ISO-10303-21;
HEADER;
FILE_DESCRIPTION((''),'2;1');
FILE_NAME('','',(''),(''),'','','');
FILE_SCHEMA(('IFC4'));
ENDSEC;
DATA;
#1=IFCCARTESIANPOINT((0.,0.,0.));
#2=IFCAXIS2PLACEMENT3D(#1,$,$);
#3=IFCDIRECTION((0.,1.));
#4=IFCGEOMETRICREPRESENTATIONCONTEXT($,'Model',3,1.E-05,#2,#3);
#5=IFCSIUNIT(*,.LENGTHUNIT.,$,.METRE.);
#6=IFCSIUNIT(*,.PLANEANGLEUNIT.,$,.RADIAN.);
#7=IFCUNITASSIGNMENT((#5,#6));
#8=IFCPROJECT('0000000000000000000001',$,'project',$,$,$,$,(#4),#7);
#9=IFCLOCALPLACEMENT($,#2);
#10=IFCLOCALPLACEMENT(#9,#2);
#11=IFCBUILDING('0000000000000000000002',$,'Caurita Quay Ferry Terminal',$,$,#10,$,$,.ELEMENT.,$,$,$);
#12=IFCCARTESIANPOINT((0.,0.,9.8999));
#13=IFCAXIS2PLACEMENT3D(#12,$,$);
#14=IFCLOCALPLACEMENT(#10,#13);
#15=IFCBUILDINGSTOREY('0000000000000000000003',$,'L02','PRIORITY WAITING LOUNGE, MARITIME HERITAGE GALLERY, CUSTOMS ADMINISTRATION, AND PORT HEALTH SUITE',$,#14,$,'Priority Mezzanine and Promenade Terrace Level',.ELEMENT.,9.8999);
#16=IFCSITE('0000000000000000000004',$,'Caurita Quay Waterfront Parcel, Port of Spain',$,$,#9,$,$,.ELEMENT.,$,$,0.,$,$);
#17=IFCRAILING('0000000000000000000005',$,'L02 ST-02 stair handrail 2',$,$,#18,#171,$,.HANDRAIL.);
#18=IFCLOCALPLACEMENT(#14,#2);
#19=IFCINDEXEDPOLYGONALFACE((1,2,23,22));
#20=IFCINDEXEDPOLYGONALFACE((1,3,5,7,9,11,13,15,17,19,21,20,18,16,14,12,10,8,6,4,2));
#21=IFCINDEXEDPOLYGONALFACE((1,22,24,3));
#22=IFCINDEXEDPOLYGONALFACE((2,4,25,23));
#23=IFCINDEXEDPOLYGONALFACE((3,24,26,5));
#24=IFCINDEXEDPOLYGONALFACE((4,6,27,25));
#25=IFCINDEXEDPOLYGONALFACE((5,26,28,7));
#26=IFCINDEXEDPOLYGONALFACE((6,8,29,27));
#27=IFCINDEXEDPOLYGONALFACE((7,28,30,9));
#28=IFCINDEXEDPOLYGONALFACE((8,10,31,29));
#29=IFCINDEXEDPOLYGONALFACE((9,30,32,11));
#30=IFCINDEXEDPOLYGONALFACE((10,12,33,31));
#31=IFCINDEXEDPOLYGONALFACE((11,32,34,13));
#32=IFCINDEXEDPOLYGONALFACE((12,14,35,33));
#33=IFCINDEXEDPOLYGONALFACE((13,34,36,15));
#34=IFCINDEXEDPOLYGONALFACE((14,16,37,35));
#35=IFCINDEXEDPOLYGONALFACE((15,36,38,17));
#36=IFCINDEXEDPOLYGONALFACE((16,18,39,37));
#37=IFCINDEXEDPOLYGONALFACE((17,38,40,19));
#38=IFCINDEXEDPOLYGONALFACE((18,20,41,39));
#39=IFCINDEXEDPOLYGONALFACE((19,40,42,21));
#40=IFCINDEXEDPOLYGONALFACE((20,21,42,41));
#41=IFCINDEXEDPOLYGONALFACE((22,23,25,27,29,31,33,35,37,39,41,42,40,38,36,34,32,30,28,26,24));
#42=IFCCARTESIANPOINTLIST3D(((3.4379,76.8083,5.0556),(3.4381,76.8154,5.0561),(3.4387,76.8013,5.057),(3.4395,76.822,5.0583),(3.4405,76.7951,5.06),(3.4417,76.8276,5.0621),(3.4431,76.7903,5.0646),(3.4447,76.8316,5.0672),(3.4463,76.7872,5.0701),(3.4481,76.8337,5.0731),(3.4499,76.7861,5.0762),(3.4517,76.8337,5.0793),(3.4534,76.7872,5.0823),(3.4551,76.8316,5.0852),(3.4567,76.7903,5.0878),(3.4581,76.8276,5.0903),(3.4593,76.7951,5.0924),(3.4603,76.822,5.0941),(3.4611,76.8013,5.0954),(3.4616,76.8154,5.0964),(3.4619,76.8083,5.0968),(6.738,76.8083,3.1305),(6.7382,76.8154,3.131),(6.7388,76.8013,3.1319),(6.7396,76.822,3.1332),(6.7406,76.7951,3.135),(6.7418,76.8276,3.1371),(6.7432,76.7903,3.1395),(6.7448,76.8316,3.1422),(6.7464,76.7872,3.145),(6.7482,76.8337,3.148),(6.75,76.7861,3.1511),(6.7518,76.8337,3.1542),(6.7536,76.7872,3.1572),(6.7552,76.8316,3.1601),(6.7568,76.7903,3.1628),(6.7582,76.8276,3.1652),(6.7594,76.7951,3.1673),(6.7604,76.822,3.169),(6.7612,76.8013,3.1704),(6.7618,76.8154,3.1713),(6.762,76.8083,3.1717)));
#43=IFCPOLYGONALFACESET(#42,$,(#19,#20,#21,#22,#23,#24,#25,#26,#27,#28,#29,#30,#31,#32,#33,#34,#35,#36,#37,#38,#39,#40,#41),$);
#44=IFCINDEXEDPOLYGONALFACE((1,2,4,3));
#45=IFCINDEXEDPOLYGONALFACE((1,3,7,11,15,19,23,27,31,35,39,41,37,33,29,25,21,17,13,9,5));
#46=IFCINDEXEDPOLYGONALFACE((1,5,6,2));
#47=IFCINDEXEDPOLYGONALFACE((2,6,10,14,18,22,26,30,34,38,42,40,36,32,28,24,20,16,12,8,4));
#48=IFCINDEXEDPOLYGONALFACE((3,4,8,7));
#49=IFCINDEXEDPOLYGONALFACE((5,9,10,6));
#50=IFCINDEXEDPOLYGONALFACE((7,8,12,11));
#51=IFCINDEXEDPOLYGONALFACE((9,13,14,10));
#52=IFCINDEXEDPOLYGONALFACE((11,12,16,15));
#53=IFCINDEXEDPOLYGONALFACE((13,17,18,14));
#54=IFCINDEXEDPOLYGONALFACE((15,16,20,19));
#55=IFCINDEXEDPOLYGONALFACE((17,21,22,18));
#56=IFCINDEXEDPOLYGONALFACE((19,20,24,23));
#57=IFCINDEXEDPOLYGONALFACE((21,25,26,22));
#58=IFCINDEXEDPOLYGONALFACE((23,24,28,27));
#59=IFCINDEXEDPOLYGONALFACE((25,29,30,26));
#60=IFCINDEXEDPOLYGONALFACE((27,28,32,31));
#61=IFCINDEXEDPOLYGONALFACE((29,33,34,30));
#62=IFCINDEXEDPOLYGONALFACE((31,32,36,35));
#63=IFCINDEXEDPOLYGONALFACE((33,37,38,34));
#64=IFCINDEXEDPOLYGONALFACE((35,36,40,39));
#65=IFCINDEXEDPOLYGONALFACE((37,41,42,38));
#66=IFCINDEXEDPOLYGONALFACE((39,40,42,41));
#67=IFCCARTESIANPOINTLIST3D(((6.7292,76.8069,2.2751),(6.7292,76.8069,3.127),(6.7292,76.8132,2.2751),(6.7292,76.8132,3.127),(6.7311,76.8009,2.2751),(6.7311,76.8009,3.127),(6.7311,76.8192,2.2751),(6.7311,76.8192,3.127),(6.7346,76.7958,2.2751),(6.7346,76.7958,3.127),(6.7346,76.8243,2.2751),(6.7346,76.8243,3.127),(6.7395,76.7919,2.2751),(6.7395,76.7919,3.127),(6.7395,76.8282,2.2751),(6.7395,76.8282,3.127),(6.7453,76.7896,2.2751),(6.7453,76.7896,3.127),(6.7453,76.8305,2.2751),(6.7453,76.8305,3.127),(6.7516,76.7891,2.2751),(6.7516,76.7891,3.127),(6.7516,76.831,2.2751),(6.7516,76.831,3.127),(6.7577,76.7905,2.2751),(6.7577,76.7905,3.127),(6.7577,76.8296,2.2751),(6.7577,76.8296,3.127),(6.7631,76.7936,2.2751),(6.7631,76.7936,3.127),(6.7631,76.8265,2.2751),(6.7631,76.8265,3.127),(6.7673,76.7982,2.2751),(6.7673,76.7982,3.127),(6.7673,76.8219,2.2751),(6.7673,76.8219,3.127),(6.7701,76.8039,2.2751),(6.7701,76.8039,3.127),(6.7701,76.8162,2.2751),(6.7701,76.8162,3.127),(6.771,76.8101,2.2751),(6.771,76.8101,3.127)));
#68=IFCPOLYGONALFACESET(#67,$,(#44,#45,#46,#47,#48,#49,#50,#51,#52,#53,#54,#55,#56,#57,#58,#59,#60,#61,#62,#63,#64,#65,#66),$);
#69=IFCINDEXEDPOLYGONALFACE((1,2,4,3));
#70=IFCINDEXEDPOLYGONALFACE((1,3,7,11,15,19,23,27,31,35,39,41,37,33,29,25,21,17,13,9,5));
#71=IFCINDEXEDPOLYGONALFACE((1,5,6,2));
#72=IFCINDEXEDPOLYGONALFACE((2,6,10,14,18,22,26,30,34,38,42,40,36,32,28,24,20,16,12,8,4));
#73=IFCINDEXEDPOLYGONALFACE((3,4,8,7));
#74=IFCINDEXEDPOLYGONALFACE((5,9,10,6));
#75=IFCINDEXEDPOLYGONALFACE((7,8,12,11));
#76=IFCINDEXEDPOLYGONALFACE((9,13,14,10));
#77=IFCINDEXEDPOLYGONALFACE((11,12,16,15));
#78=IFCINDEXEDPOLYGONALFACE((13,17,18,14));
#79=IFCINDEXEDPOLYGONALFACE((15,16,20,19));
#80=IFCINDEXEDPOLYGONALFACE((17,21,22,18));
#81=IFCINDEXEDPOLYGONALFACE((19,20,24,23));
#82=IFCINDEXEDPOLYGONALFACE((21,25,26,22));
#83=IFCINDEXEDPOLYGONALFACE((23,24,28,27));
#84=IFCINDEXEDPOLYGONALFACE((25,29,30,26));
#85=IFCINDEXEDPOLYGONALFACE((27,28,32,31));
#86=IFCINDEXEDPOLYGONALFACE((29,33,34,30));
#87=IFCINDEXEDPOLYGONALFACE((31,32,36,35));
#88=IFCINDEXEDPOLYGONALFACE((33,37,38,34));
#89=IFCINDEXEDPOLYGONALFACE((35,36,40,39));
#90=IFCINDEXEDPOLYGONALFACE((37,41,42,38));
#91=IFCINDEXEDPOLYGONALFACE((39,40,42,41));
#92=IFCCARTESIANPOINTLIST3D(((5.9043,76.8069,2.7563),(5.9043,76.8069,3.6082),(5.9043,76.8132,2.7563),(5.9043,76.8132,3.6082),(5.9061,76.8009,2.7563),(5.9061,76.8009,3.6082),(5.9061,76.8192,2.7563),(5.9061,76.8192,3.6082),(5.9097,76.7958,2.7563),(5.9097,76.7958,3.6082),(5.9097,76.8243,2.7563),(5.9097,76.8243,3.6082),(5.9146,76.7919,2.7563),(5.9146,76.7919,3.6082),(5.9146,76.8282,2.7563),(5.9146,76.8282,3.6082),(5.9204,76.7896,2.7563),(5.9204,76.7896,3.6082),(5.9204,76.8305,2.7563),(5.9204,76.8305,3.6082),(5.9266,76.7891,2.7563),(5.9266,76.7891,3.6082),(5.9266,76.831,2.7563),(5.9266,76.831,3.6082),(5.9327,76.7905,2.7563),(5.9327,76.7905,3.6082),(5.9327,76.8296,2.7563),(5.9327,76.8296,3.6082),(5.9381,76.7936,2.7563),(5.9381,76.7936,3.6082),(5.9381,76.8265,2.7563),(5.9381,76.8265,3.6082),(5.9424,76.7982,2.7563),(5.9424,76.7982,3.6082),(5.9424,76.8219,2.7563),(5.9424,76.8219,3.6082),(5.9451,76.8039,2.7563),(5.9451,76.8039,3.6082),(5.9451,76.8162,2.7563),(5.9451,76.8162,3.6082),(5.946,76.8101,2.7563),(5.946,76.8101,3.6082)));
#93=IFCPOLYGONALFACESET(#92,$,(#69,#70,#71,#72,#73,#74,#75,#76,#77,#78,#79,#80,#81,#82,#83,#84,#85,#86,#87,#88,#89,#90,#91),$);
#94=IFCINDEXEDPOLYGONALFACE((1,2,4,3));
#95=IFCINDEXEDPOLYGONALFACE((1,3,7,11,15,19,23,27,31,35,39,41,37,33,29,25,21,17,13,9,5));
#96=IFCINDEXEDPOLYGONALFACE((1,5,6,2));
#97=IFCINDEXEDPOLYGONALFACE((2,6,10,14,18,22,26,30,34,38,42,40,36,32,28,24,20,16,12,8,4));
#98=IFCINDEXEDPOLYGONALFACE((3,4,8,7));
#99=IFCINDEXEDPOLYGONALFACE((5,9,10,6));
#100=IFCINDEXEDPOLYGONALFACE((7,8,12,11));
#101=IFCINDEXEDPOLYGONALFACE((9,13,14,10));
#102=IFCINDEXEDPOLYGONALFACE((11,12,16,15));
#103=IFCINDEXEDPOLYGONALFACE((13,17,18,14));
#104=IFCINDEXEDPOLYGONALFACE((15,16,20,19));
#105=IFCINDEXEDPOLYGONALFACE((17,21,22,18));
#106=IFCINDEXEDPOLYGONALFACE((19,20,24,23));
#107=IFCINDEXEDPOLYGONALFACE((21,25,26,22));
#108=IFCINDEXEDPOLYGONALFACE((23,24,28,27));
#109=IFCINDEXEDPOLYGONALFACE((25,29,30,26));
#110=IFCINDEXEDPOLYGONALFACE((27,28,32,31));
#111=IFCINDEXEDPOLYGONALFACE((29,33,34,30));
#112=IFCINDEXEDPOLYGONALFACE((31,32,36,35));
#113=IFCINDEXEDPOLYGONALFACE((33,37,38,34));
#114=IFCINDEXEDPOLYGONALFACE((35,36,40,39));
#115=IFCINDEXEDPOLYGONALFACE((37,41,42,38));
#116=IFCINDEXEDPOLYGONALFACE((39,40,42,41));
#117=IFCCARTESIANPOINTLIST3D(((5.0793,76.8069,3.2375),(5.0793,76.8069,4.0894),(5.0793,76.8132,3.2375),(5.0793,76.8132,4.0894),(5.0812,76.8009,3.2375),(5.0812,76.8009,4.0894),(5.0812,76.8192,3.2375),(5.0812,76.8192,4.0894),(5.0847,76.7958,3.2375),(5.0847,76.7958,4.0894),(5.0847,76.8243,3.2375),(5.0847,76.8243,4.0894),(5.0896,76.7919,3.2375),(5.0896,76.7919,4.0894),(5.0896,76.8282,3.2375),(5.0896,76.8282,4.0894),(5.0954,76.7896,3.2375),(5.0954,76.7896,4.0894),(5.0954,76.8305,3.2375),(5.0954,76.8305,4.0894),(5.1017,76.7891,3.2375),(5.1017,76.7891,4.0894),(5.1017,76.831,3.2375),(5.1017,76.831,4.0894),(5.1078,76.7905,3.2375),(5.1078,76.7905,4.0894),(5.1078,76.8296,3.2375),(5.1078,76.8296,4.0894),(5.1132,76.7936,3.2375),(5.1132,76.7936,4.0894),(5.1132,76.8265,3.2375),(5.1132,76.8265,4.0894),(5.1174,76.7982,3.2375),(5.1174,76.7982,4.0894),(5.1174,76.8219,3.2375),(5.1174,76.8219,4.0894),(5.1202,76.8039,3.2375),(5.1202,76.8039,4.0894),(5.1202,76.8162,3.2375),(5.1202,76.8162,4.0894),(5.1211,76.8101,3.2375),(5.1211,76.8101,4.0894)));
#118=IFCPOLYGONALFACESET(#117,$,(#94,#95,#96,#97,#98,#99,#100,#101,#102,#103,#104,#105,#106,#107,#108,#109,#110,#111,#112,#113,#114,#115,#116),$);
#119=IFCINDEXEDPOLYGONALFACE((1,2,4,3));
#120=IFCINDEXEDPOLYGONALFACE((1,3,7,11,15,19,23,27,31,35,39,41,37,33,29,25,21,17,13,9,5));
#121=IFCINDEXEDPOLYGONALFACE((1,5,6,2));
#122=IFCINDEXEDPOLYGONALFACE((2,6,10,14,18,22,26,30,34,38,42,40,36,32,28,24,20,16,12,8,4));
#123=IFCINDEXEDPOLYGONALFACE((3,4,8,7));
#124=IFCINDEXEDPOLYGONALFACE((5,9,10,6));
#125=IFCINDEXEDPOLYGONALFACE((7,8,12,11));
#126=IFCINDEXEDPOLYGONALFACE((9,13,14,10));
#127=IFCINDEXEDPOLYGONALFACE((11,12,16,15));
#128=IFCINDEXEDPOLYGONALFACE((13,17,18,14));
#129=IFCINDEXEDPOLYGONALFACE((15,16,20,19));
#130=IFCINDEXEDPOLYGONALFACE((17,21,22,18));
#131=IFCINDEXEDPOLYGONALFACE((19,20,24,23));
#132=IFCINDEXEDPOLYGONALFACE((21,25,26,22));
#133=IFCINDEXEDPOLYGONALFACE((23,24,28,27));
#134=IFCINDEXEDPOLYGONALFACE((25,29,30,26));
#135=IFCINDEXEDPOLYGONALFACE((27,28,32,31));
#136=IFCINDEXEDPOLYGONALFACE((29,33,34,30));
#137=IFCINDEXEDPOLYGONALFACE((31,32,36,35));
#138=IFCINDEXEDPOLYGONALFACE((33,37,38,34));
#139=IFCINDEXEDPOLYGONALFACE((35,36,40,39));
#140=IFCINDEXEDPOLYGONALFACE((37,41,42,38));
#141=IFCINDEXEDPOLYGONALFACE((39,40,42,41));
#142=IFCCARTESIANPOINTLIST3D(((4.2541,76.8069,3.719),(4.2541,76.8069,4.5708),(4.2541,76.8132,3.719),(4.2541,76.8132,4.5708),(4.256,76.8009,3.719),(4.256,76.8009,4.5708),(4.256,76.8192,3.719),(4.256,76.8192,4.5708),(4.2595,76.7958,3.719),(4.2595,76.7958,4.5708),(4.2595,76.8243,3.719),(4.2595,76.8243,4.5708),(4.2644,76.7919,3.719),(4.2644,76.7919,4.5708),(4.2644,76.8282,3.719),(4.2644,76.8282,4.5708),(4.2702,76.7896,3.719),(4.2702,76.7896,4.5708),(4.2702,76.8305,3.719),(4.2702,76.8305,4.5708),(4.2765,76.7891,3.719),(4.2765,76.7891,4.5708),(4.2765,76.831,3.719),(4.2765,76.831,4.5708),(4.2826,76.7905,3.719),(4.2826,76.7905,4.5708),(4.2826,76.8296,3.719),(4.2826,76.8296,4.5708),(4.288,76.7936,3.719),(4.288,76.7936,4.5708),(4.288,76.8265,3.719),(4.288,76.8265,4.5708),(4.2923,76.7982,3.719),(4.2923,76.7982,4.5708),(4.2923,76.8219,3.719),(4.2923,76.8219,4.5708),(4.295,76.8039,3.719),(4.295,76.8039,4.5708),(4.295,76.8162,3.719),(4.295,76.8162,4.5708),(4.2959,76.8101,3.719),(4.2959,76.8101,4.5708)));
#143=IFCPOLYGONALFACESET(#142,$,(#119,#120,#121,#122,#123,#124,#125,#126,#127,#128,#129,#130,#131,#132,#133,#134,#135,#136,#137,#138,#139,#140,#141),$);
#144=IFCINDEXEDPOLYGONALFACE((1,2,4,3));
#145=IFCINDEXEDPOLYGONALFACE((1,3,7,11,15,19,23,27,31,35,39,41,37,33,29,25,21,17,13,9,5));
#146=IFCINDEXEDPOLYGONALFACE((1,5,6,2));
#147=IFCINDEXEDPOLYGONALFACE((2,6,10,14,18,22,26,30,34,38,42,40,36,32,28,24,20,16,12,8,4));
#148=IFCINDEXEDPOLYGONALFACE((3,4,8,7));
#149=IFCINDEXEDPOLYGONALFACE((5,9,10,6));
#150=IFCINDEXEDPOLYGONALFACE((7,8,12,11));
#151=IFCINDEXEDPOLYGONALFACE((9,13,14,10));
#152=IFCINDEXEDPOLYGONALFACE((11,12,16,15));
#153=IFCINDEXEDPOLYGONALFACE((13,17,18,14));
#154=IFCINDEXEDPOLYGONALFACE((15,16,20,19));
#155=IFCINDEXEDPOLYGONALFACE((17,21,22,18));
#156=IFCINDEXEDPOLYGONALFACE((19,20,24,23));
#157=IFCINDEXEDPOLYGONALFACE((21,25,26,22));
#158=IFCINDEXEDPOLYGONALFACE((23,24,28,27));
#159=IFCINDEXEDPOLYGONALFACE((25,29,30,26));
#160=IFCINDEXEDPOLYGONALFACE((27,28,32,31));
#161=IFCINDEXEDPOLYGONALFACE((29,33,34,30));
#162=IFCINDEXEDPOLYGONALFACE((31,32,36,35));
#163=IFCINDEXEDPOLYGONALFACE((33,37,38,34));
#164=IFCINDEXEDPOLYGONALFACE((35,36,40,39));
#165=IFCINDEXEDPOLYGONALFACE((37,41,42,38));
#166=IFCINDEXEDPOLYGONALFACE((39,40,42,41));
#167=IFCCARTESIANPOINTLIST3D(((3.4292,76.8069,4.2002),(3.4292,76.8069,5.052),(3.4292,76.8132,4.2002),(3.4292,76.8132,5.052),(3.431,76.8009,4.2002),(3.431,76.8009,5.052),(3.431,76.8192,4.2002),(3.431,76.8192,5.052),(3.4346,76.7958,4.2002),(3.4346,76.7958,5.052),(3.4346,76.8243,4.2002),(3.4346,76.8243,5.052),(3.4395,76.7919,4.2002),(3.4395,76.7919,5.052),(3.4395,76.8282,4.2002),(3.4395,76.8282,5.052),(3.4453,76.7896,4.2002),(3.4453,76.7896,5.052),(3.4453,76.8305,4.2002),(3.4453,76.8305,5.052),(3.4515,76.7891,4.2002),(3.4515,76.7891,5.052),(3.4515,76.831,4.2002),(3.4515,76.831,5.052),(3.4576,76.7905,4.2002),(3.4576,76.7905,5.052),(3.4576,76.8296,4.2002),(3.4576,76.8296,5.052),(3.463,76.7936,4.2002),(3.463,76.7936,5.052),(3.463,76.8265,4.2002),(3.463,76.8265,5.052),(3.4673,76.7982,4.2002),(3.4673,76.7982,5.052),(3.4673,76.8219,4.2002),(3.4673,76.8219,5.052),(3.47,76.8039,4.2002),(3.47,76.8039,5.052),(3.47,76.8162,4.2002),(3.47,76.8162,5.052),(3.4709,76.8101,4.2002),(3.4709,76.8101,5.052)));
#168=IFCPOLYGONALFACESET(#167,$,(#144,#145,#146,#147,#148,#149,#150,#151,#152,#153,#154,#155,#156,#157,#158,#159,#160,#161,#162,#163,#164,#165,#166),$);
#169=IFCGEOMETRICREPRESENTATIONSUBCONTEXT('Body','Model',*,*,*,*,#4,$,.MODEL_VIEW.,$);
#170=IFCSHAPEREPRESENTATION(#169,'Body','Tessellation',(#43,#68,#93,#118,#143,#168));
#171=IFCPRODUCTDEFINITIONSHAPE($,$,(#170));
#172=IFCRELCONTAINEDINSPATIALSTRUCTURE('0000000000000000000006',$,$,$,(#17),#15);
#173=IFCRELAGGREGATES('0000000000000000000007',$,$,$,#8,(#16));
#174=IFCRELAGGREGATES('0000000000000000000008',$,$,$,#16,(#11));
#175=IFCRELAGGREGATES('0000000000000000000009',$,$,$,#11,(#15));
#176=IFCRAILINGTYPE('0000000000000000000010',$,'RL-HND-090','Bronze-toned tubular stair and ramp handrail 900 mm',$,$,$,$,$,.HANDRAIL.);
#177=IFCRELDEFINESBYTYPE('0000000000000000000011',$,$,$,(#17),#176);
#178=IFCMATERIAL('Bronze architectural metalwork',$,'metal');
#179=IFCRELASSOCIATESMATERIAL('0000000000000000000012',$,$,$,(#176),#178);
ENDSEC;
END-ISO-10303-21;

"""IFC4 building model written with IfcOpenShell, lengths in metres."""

from ifc_helpers import new_model, si_unit, direction, frame, origin, origin_2d, place, context, subcontext, project, spatial, circle, extrude, material, type_object, element, save


model = new_model("IFC4")

# Units and contexts
model_context = context("Model", 3, precision=1e-05, world=origin(), true_north=direction((0.0, 1.0)))
body_context = subcontext(model_context, "Body", "Model", "MODEL_VIEW")
ifc_project = project(units=[si_unit("LENGTHUNIT", "METRE"), si_unit("PLANEANGLEUNIT", "RADIAN")], contexts=[model_context])

# Site, building, storey
site_placement = place(None, origin())
site = spatial("IfcSite", under=ifc_project, at=site_placement, Name="Caurita Quay Waterfront Parcel, Port of Spain", CompositionType="ELEMENT", RefElevation=0.0)
building_placement = place(site_placement, origin())
building = spatial("IfcBuilding", under=site, at=building_placement, Name="Caurita Quay Ferry Terminal", CompositionType="ELEMENT")
storey_placement = place(building_placement, frame((0.0, 0.0, 9.8999)))
storey = spatial("IfcBuildingStorey", under=building, at=storey_placement, Name="L02", Description="PRIORITY WAITING LOUNGE, MARITIME HERITAGE GALLERY, CUSTOMS ADMINISTRATION, AND PORT HEALTH SUITE", LongName="Priority Mezzanine and Promenade Terrace Level", CompositionType="ELEMENT", Elevation=9.8999)

# Railing
ifc_material_1 = material(Name="Bronze architectural metalwork", Category="metal")
railing_type_1 = type_object("IfcRailingType", Name="RL-HND-090", Description="Bronze-toned tubular stair and ramp handrail 900 mm", PredefinedType="HANDRAIL", material=ifc_material_1)
railing_1_placement = place(storey_placement, frame((6.75, 76.8101, 2.2751)))
element("IfcRailing", 1, at=railing_1_placement, inside=storey, type_object=railing_type_1, Name="L02 ST-02 stair handrail 2", PredefinedType="HANDRAIL", context=body_context, shape_type="SweptSolid", body=[
    extrude(circle(Radius=0.0239, at=origin_2d()), frame((0.0, 0.0, 0.876), z_axis=(-0.863777, 0.0, 0.503875), x_axis=(0.0, -1.0, 0.0)), (0.0, 0.0, 1.0), 3.8206),
    extrude(circle(Radius=0.021, at=origin_2d()), origin(), (0.0, 0.0, 1.0), 0.8518),
    extrude(circle(Radius=0.021, at=origin_2d()), frame((-0.825, 0.0, 0.4812)), (0.0, 0.0, 1.0), 0.8518),
    extrude(circle(Radius=0.021, at=origin_2d()), frame((-1.6499, 0.0, 0.9624)), (0.0, 0.0, 1.0), 0.8518),
    extrude(circle(Radius=0.021, at=origin_2d()), frame((-2.4751, 0.0, 1.4438)), (0.0, 0.0, 1.0), 0.8518),
    extrude(circle(Radius=0.021, at=origin_2d()), frame((-3.3, 0.0, 1.925)), (0.0, 0.0, 1.0), 0.8518),
])

save(model, "model.ifc")
